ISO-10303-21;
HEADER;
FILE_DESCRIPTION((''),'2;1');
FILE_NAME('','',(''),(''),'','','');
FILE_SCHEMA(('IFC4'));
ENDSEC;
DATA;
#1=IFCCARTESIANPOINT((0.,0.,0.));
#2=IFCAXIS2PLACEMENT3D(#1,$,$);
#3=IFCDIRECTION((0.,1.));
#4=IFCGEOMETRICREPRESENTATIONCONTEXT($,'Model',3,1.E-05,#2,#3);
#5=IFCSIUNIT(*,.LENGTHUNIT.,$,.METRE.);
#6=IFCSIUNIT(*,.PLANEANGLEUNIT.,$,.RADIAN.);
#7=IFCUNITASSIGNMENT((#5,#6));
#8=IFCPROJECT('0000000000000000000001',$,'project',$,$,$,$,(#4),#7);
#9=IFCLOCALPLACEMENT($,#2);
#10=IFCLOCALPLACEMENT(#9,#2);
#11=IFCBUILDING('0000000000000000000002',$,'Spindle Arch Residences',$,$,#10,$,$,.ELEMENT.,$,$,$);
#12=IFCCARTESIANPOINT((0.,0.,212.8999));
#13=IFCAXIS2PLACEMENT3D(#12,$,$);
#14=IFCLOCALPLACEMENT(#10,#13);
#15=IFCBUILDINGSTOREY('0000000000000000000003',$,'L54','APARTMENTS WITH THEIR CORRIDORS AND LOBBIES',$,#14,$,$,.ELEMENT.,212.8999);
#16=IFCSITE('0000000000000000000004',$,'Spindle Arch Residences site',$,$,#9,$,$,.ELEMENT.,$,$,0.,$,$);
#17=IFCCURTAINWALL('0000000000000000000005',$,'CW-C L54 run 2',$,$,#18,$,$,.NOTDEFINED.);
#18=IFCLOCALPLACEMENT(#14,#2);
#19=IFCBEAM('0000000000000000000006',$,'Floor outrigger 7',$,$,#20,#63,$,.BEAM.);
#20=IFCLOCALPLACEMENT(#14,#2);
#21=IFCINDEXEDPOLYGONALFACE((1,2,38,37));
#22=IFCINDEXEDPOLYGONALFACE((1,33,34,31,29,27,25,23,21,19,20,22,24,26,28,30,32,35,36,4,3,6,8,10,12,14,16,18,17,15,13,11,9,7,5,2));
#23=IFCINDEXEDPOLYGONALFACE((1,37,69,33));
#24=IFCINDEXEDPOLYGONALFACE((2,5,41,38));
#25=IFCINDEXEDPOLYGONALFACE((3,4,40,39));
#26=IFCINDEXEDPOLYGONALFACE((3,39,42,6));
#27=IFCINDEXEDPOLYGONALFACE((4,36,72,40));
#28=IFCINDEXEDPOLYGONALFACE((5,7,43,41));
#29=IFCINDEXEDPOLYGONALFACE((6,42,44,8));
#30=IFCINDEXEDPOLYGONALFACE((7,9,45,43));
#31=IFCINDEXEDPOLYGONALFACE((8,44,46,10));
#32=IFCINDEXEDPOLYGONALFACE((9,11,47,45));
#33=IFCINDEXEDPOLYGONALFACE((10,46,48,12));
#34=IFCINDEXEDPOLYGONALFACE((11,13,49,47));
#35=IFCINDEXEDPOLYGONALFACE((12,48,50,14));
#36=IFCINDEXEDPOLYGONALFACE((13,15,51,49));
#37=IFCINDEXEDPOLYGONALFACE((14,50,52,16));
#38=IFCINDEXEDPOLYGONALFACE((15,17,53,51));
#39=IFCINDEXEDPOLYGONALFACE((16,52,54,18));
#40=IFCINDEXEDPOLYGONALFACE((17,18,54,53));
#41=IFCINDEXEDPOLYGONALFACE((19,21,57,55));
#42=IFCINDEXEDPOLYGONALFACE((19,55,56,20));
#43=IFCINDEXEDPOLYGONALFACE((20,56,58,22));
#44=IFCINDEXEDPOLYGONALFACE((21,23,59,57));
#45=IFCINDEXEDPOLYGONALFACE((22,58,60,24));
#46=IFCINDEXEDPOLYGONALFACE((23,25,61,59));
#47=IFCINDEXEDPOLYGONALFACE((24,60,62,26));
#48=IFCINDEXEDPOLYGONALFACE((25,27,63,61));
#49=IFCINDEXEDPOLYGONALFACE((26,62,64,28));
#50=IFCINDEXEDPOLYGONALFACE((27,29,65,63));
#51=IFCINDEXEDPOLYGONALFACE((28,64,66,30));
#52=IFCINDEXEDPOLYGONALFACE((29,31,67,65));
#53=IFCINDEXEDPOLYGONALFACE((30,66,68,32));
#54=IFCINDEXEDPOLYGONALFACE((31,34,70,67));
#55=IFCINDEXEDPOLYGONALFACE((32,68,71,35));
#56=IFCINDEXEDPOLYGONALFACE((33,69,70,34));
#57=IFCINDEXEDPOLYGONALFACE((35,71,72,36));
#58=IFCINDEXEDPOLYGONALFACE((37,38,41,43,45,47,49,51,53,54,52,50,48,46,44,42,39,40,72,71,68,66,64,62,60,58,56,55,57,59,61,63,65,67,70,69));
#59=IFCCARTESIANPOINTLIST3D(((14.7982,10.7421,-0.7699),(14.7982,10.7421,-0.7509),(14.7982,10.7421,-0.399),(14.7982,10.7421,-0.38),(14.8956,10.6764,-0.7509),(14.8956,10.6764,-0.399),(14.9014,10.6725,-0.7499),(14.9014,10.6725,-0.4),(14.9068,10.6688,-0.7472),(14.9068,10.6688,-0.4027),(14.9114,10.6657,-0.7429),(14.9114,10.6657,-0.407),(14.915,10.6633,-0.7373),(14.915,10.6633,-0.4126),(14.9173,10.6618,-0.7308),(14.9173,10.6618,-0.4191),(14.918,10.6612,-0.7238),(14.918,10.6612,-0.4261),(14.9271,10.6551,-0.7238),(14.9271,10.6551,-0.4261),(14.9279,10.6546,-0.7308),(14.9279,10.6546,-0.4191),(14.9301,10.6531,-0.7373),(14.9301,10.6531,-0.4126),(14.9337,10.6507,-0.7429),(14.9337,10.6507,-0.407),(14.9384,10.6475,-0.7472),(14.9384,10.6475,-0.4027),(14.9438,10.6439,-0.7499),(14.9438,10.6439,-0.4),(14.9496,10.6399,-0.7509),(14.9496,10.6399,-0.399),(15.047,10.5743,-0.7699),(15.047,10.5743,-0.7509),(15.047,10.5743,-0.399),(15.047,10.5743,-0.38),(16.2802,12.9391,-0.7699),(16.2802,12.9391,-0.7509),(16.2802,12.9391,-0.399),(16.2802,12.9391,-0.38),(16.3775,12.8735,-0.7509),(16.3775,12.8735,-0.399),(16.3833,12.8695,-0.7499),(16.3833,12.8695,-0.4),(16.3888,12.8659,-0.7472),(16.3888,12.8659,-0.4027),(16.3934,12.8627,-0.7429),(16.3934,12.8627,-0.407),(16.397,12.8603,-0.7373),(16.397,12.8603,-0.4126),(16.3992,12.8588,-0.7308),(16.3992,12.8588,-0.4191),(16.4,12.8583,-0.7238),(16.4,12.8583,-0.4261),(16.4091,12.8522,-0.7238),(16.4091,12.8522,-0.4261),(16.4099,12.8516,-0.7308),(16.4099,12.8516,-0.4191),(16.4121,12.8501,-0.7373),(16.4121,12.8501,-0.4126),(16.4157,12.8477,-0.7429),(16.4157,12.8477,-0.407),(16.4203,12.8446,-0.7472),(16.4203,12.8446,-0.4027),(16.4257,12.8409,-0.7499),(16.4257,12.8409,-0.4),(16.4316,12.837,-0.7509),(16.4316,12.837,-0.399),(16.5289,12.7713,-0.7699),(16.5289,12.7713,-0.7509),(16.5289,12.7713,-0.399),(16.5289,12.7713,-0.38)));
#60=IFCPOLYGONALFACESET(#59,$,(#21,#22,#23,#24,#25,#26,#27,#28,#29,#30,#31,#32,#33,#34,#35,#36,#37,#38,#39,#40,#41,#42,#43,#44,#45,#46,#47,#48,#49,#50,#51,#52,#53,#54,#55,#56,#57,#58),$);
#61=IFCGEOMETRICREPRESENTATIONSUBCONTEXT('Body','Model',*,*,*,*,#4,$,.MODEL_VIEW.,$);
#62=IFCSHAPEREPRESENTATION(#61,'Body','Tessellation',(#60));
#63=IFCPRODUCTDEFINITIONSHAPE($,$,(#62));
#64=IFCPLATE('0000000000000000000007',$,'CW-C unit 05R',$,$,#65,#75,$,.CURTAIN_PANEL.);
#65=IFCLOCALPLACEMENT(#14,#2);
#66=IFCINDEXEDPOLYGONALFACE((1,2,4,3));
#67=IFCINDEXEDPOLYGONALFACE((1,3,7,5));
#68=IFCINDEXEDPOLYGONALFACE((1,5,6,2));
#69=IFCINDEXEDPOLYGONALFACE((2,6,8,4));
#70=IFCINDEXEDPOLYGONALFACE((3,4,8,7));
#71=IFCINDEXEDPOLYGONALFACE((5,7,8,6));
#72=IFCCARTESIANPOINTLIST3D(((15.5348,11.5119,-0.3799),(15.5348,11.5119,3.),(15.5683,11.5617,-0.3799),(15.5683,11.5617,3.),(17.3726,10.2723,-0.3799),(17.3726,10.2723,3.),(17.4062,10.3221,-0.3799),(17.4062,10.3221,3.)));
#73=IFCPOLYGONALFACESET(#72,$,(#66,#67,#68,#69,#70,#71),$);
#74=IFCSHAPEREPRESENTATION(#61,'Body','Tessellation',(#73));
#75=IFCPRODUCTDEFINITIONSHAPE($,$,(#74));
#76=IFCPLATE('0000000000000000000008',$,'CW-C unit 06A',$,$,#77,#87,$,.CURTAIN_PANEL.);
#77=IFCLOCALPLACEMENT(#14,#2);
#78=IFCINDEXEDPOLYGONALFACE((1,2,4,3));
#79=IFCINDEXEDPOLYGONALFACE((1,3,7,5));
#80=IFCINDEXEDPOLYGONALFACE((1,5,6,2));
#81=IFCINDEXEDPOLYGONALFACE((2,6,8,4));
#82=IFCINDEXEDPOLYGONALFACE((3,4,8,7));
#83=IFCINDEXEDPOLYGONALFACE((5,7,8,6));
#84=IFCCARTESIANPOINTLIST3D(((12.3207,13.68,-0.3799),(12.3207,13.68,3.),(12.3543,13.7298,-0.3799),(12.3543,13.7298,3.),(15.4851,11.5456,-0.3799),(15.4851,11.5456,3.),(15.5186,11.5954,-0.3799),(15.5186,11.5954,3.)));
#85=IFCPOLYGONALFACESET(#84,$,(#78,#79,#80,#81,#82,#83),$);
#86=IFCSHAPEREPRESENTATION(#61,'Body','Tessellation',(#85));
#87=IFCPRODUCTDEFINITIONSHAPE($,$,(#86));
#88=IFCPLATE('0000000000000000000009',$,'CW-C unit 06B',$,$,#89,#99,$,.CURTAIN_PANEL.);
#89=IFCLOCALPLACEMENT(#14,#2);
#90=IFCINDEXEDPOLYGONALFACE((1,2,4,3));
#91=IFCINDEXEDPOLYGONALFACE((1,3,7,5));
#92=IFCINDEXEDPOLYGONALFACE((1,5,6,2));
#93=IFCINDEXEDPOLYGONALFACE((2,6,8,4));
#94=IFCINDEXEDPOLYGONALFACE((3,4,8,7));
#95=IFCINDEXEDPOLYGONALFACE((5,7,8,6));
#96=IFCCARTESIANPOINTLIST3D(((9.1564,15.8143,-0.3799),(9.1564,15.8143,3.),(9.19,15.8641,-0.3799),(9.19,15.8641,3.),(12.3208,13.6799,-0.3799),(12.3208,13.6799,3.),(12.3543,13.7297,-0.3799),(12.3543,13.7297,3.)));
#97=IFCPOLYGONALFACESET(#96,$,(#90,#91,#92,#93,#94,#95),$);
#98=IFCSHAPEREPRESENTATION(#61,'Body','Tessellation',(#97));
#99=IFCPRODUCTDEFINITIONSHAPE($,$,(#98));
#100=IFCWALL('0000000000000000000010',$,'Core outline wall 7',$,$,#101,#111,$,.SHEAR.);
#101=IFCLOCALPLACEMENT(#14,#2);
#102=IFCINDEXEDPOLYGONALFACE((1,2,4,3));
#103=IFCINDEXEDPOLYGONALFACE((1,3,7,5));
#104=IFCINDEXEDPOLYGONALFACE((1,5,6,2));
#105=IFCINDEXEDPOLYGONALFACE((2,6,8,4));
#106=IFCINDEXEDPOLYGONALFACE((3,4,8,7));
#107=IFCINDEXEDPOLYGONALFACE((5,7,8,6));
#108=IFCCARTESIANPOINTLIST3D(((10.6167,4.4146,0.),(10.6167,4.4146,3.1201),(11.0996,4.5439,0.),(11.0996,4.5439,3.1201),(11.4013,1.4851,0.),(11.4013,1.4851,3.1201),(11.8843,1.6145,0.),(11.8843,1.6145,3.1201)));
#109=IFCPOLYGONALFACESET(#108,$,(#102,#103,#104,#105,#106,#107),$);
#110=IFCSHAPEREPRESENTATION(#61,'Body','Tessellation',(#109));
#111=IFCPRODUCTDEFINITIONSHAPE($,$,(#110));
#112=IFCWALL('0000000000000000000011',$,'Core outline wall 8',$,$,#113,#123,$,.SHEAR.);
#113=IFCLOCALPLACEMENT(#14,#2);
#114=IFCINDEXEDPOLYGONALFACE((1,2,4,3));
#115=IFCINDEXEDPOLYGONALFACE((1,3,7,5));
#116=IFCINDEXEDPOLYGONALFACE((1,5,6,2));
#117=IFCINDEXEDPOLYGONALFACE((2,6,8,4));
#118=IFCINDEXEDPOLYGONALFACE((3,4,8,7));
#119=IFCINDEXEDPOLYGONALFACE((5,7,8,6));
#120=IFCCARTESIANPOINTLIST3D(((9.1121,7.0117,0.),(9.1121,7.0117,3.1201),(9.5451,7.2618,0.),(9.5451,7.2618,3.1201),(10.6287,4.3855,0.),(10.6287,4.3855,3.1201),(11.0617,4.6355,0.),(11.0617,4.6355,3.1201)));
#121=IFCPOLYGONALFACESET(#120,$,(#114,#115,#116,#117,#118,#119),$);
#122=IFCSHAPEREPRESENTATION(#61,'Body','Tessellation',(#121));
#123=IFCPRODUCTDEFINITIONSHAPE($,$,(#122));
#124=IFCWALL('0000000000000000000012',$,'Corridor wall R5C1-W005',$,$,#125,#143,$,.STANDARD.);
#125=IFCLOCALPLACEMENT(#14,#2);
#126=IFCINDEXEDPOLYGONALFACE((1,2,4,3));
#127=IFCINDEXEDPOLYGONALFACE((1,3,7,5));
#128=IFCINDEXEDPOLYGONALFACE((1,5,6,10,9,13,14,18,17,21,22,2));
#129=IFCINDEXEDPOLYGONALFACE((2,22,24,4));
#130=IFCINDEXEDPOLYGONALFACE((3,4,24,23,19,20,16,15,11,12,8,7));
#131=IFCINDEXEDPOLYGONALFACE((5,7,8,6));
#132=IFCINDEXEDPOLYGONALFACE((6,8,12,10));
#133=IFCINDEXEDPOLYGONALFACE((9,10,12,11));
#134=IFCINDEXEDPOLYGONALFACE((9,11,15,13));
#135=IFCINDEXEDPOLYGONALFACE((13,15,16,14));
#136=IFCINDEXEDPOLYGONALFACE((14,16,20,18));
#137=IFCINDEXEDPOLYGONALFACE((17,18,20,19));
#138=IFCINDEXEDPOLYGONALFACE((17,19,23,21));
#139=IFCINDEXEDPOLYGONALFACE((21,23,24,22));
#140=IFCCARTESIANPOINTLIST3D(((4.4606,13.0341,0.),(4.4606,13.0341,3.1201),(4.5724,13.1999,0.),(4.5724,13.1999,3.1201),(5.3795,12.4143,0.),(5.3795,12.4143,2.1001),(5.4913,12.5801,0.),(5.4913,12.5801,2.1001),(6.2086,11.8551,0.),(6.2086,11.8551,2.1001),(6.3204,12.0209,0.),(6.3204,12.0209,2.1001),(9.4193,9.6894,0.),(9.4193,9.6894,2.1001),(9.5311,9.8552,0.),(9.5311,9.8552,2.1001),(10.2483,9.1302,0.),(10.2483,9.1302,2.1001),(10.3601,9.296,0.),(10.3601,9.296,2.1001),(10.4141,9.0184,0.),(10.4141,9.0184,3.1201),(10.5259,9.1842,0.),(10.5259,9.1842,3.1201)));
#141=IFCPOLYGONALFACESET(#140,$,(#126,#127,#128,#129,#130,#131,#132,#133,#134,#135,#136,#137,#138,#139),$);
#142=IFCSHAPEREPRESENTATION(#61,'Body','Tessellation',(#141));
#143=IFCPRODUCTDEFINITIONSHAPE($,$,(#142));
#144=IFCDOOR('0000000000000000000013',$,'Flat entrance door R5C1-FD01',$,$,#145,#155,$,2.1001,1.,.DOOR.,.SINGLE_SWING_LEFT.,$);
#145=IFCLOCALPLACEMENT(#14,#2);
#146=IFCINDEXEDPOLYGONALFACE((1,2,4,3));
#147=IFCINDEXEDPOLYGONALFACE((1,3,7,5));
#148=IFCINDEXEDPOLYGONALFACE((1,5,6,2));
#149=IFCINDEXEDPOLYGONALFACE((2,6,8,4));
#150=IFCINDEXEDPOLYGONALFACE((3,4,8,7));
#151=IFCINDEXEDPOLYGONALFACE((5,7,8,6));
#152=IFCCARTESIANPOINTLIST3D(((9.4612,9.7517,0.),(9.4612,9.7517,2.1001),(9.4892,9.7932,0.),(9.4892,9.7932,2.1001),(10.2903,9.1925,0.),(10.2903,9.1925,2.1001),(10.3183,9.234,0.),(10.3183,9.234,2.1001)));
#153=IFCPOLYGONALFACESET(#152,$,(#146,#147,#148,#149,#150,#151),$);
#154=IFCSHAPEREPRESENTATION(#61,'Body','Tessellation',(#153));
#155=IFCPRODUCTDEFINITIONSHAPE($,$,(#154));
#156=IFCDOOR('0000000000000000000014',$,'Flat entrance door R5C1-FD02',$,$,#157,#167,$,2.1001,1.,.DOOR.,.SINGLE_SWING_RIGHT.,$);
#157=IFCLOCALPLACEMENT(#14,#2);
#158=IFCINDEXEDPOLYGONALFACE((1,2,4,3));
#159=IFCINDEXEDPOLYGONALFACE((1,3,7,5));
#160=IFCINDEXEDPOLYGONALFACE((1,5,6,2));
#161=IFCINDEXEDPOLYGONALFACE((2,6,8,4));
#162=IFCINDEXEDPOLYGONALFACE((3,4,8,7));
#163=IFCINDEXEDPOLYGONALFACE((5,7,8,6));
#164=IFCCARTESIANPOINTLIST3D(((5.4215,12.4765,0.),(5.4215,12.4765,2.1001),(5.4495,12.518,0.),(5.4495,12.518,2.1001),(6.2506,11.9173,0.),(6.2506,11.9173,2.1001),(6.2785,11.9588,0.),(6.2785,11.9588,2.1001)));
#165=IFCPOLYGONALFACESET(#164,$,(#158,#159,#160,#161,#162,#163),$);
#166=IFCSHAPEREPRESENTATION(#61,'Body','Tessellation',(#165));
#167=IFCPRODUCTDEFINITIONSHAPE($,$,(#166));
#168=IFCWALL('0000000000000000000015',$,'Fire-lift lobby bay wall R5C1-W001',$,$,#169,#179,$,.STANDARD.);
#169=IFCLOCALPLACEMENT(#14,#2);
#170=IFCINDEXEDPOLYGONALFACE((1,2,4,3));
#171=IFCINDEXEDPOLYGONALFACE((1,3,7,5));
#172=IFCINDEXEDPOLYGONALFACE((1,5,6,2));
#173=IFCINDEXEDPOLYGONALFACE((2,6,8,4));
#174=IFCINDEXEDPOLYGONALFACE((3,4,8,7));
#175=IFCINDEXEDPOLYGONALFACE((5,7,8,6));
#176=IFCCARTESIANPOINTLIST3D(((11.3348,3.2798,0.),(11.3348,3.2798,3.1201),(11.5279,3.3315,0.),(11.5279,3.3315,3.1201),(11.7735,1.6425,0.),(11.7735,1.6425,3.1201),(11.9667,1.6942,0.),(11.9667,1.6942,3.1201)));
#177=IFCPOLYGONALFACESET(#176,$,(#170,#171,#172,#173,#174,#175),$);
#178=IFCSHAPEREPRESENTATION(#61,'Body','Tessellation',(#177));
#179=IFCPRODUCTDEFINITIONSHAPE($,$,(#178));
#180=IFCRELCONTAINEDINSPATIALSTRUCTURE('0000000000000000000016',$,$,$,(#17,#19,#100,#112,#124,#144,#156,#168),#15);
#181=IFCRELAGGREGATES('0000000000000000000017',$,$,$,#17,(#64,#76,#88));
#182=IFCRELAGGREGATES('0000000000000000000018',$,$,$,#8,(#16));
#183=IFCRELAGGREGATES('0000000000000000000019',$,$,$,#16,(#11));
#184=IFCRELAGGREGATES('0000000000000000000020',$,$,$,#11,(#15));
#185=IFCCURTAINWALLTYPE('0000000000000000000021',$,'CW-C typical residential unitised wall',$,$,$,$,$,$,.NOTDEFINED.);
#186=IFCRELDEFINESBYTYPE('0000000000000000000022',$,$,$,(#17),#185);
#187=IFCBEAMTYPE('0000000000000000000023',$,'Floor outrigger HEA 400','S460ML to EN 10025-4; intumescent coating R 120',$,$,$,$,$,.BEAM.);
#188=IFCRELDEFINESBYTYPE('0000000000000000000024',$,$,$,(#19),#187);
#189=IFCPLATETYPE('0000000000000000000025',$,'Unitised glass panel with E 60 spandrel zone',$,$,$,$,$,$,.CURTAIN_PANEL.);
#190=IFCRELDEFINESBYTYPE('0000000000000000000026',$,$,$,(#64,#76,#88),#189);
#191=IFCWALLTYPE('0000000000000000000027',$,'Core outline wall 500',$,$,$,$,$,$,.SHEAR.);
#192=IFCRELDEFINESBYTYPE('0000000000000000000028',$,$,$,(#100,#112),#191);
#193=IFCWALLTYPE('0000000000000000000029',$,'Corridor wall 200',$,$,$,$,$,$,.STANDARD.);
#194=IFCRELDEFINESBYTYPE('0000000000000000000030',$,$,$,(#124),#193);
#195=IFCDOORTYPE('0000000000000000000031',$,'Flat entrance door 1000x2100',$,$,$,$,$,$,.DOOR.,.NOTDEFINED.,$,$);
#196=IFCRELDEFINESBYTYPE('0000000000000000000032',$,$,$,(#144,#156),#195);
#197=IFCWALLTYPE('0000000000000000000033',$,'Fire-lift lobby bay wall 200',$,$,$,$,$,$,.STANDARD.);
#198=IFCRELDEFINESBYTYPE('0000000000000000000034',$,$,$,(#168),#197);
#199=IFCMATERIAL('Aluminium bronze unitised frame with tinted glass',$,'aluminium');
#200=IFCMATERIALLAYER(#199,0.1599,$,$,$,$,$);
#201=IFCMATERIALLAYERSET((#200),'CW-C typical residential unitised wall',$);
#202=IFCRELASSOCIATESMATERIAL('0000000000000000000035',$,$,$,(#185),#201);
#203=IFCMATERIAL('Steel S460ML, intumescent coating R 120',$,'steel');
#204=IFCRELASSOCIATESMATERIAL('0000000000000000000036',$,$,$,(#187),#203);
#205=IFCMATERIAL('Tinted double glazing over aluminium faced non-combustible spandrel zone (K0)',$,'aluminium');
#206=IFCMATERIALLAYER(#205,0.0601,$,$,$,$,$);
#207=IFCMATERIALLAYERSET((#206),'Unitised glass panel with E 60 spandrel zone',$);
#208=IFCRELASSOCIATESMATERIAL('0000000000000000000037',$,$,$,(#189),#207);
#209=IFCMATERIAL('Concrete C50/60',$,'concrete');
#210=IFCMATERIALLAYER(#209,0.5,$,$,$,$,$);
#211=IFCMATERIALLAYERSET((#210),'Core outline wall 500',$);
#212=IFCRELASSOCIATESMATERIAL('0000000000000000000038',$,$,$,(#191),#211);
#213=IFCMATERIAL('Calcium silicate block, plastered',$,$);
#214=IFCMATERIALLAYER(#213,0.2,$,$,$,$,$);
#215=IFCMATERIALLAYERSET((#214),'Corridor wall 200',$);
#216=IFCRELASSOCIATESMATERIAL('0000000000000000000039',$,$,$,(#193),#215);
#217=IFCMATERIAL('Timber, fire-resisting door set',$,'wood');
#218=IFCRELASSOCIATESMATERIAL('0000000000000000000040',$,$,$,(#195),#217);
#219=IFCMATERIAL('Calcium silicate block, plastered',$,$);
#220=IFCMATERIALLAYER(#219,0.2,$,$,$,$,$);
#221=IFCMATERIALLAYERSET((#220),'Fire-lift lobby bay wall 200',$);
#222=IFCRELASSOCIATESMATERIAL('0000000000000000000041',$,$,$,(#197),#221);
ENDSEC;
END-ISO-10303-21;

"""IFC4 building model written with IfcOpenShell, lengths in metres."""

from ifc_helpers import new_model, si_unit, direction, frame, frame_2d, origin, origin_2d, place, context, subcontext, project, spatial, rectangle, i_section, extrude, material, layer, layer_set, material_profile, profile_set, type_object, element, fill, aggregate, save


model = new_model("IFC4")

# Units and contexts
model_context = context("Model", 3, precision=1e-05, world=origin(), true_north=direction((0.0, 1.0)))
body_context = subcontext(model_context, "Body", "Model", "MODEL_VIEW")
ifc_project = project(units=[si_unit("LENGTHUNIT", "METRE"), si_unit("PLANEANGLEUNIT", "RADIAN")], contexts=[model_context])

# Site, building, storey
site_placement = place(None, origin())
site = spatial("IfcSite", under=ifc_project, at=site_placement, Name="Spindle Arch Residences site", CompositionType="ELEMENT", RefElevation=0.0)
building_placement = place(site_placement, origin())
building = spatial("IfcBuilding", under=site, at=building_placement, Name="Spindle Arch Residences", CompositionType="ELEMENT")
storey_placement = place(building_placement, frame((0.0, 0.0, 212.8999)))
storey = spatial("IfcBuildingStorey", under=building, at=storey_placement, Name="L54", Description="APARTMENTS WITH THEIR CORRIDORS AND LOBBIES", CompositionType="ELEMENT", Elevation=212.8999)

# Curtain wall
ifc_material_1 = material(Name="Aluminium bronze unitised frame with tinted glass", Category="aluminium")
ifc_layer_1 = layer(ifc_material_1, 0.1599)
ifc_layer_set_1 = layer_set([ifc_layer_1], Name="CW-C typical residential unitised wall")
curtain_wall_type = type_object("IfcCurtainWallType", Name="CW-C typical residential unitised wall", PredefinedType="NOTDEFINED", material=ifc_layer_set_1)
curtain_wall_placement = place(storey_placement, origin())
curtain_wall = element("IfcCurtainWall", 1, at=curtain_wall_placement, inside=storey, type_object=curtain_wall_type, Name="CW-C L54 run 2", PredefinedType="NOTDEFINED")

# Beam
ifc_material_2 = material(Name="Steel S460ML, intumescent coating R 120", Category="steel")
ifc_material_profile_1 = material_profile(ifc_material_2, i_section(OverallWidth=0.3, OverallDepth=0.3899, WebThickness=0.011, FlangeThickness=0.019, FilletRadius=0.0271, at=origin_2d()), Name="HEA 400")
ifc_profile_set_1 = profile_set([ifc_material_profile_1], Name="Steel S460ML, intumescent coating R 120")
beam_type_1 = type_object("IfcBeamType", Name="Floor outrigger HEA 400", Description="S460ML to EN 10025-4; intumescent coating R 120", PredefinedType="BEAM", material=ifc_profile_set_1)
beam_1_placement = place(storey_placement, frame((16.4045, 12.8552, -0.575), z_axis=(-0.559199, -0.829033, 0.0), x_axis=(0.829033, -0.559199, 0.0)))
element("IfcBeam", 2, at=beam_1_placement, inside=storey, type_object=beam_type_1, Name="Floor outrigger 7", PredefinedType="BEAM", context=body_context, shape_type="SweptSolid", body=[
    extrude(i_section(OverallWidth=0.3, OverallDepth=0.3899, WebThickness=0.011, FlangeThickness=0.019, FilletRadius=0.0271, at=origin_2d()), origin(), (0.0, 0.0, 1.0), 2.6501),
])

# Plates
ifc_material_3 = material(Name="Tinted double glazing over aluminium faced non-combustible spandrel zone (K0)", Category="aluminium")
ifc_layer_2 = layer(ifc_material_3, 0.0601)
ifc_layer_set_2 = layer_set([ifc_layer_2], Name="Unitised glass panel with E 60 spandrel zone")
plate_type = type_object("IfcPlateType", Name="Unitised glass panel with E 60 spandrel zone", PredefinedType="CURTAIN_PANEL", material=ifc_layer_set_2)
plate_1_placement = place(storey_placement, frame((16.4705, 10.917, -0.3799), z_axis=(0.0, 0.0, 1.0), x_axis=(-0.829038, 0.559193, 0.0)))
plate_1 = element("IfcPlate", 3, at=plate_1_placement, type_object=plate_type, Name="CW-C unit 05R", PredefinedType="CURTAIN_PANEL", context=body_context, shape_type="SweptSolid", body=[
    extrude(rectangle(XDim=2.2168, YDim=0.0601, at=origin_2d()), origin(), (0.0, 0.0, 1.0), 3.3799),
])
plate_2_placement = place(storey_placement, frame((13.9197, 12.6377, -0.3799), z_axis=(0.0, 0.0, 1.0), x_axis=(-0.829038, 0.559193, 0.0)))
plate_2 = element("IfcPlate", 4, at=plate_2_placement, type_object=plate_type, Name="CW-C unit 06A", PredefinedType="CURTAIN_PANEL", context=body_context, shape_type="SweptSolid", body=[
    extrude(rectangle(XDim=3.8169, YDim=0.0601, at=origin_2d()), origin(), (0.0, 0.0, 1.0), 3.3799),
])
plate_3_placement = place(storey_placement, frame((10.7554, 14.772, -0.3799), z_axis=(0.0, 0.0, 1.0), x_axis=(-0.829038, 0.559193, 0.0)))
plate_3 = element("IfcPlate", 5, at=plate_3_placement, type_object=plate_type, Name="CW-C unit 06B", PredefinedType="CURTAIN_PANEL", context=body_context, shape_type="SweptSolid", body=[
    extrude(rectangle(XDim=3.8169, YDim=0.0601, at=origin_2d()), origin(), (0.0, 0.0, 1.0), 3.3799),
])
aggregate(curtain_wall, [plate_1, plate_2, plate_3])

# Walls
ifc_material_4 = material(Name="Concrete C50/60", Category="concrete")
ifc_layer_3 = layer(ifc_material_4, 0.5)
ifc_layer_set_3 = layer_set([ifc_layer_3], Name="Core outline wall 500")
wall_type_1 = type_object("IfcWallType", Name="Core outline wall 500", PredefinedType="SHEAR", material=ifc_layer_set_3)
for number, where, z_axis, x_axis, name in (
    (6, (11.6428, 1.5498, 0.0), (0.0, 0.0, 1.0), (-0.258735, 0.965948, 0.0), "Core outline wall 7"),
    (7, (10.8452, 4.5105, 0.0), (0.0, 0.0, 1.0), (-0.500087, 0.865975, 0.0), "Core outline wall 8"),
):
    element("IfcWall", number, at=place(storey_placement, frame(where, z_axis=z_axis, x_axis=x_axis)), inside=storey, type_object=wall_type_1, Name=name, PredefinedType="SHEAR", context=body_context, shape_type="SweptSolid", body=[
        extrude(rectangle(XDim=3.0327, YDim=0.5, at=frame_2d((1.5164, 0.0))), origin(), (0.0, 0.0, 1.0), 3.1201),
    ])

# Wall, openings, doors
ifc_material_5 = material(Name="Calcium silicate block, plastered")
ifc_layer_4 = layer(ifc_material_5, 0.2)
ifc_layer_set_4 = layer_set([ifc_layer_4], Name="Corridor wall 200")
wall_type_2 = type_object("IfcWallType", Name="Corridor wall 200", PredefinedType="STANDARD", material=ifc_layer_set_4)
wall_1_placement = place(storey_placement, frame((10.47, 9.1013, 0.0), z_axis=(0.0, 0.0, 1.0), x_axis=(-0.829036, 0.559195, 0.0)))
wall_1 = element("IfcWall", 8, at=wall_1_placement, inside=storey, type_object=wall_type_2, Name="Corridor wall R5C1-W005", PredefinedType="STANDARD", context=body_context, shape_type="SweptSolid", body=[
    extrude(rectangle(XDim=7.1812, YDim=0.2, at=frame_2d((3.5906, 0.0))), origin(), (0.0, 0.0, 1.0), 3.1201),
])
opening_1_placement = place(wall_1_placement, frame((0.2, 0.0, 0.0)))
opening_1 = element("IfcOpeningElement", 9, at=opening_1_placement, cuts=wall_1, PredefinedType="OPENING", context=body_context, shape_type="SweptSolid", body=[
    extrude(rectangle(XDim=1.0, YDim=2.1001, at=frame_2d((0.5, 1.05))), frame((0.0, 0.1099, 0.0), z_axis=(0.0, -1.0, 0.0), x_axis=(1.0, 0.0, 0.0)), (0.0, 0.0, 1.0), 0.22),
])
opening_2_placement = place(wall_1_placement, frame((5.0728, 0.0, 0.0)))
opening_2 = element("IfcOpeningElement", 10, at=opening_2_placement, cuts=wall_1, PredefinedType="OPENING", context=body_context, shape_type="SweptSolid", body=[
    extrude(rectangle(XDim=1.0, YDim=2.1001, at=frame_2d((0.5, 1.05))), frame((0.0, 0.1099, 0.0), z_axis=(0.0, -1.0, 0.0), x_axis=(1.0, 0.0, 0.0)), (0.0, 0.0, 1.0), 0.22),
])
ifc_material_6 = material(Name="Timber, fire-resisting door set", Category="wood")
door_type_1 = type_object("IfcDoorType", Name="Flat entrance door 1000x2100", OperationType="NOTDEFINED", PredefinedType="DOOR", material=ifc_material_6)
door_1_placement = place(opening_1_placement, origin())
door_1 = element("IfcDoor", 11, at=door_1_placement, inside=storey, type_object=door_type_1, Name="Flat entrance door R5C1-FD01", OperationType="SINGLE_SWING_LEFT", OverallHeight=2.1001, OverallWidth=1.0, PredefinedType="DOOR", context=body_context, shape_type="SweptSolid", body=[
    extrude(rectangle(XDim=1.0, YDim=2.1001, at=frame_2d((0.5, 1.05))), frame((0.0, 0.0249, 0.0), z_axis=(0.0, -1.0, 0.0), x_axis=(1.0, 0.0, 0.0)), (0.0, 0.0, 1.0), 0.05),
])
fill(opening_1, door_1)
door_2_placement = place(opening_2_placement, origin())
door_2 = element("IfcDoor", 12, at=door_2_placement, inside=storey, type_object=door_type_1, Name="Flat entrance door R5C1-FD02", OperationType="SINGLE_SWING_RIGHT", OverallHeight=2.1001, OverallWidth=1.0, PredefinedType="DOOR", context=body_context, shape_type="SweptSolid", body=[
    extrude(rectangle(XDim=1.0, YDim=2.1001, at=frame_2d((0.5, 1.05))), frame((0.0, 0.0249, 0.0), z_axis=(0.0, -1.0, 0.0), x_axis=(1.0, 0.0, 0.0)), (0.0, 0.0, 1.0), 0.05),
])
fill(opening_2, door_2)

# Wall
ifc_material_7 = material(Name="Calcium silicate block, plastered")
ifc_layer_5 = layer(ifc_material_7, 0.2)
ifc_layer_set_5 = layer_set([ifc_layer_5], Name="Fire-lift lobby bay wall 200")
wall_type_3 = type_object("IfcWallType", Name="Fire-lift lobby bay wall 200", PredefinedType="STANDARD", material=ifc_layer_set_5)
wall_2_placement = place(storey_placement, frame((11.8701, 1.6682, 0.0), z_axis=(0.0, 0.0, 1.0), x_axis=(-0.258837, 0.965921, 0.0)))
element("IfcWall", 13, at=wall_2_placement, inside=storey, type_object=wall_type_3, Name="Fire-lift lobby bay wall R5C1-W001", PredefinedType="STANDARD", context=body_context, shape_type="SweptSolid", body=[
    extrude(rectangle(XDim=1.6951, YDim=0.2, at=frame_2d((0.8477, 0.0))), origin(), (0.0, 0.0, 1.0), 3.1201),
])

save(model, "model.ifc")
